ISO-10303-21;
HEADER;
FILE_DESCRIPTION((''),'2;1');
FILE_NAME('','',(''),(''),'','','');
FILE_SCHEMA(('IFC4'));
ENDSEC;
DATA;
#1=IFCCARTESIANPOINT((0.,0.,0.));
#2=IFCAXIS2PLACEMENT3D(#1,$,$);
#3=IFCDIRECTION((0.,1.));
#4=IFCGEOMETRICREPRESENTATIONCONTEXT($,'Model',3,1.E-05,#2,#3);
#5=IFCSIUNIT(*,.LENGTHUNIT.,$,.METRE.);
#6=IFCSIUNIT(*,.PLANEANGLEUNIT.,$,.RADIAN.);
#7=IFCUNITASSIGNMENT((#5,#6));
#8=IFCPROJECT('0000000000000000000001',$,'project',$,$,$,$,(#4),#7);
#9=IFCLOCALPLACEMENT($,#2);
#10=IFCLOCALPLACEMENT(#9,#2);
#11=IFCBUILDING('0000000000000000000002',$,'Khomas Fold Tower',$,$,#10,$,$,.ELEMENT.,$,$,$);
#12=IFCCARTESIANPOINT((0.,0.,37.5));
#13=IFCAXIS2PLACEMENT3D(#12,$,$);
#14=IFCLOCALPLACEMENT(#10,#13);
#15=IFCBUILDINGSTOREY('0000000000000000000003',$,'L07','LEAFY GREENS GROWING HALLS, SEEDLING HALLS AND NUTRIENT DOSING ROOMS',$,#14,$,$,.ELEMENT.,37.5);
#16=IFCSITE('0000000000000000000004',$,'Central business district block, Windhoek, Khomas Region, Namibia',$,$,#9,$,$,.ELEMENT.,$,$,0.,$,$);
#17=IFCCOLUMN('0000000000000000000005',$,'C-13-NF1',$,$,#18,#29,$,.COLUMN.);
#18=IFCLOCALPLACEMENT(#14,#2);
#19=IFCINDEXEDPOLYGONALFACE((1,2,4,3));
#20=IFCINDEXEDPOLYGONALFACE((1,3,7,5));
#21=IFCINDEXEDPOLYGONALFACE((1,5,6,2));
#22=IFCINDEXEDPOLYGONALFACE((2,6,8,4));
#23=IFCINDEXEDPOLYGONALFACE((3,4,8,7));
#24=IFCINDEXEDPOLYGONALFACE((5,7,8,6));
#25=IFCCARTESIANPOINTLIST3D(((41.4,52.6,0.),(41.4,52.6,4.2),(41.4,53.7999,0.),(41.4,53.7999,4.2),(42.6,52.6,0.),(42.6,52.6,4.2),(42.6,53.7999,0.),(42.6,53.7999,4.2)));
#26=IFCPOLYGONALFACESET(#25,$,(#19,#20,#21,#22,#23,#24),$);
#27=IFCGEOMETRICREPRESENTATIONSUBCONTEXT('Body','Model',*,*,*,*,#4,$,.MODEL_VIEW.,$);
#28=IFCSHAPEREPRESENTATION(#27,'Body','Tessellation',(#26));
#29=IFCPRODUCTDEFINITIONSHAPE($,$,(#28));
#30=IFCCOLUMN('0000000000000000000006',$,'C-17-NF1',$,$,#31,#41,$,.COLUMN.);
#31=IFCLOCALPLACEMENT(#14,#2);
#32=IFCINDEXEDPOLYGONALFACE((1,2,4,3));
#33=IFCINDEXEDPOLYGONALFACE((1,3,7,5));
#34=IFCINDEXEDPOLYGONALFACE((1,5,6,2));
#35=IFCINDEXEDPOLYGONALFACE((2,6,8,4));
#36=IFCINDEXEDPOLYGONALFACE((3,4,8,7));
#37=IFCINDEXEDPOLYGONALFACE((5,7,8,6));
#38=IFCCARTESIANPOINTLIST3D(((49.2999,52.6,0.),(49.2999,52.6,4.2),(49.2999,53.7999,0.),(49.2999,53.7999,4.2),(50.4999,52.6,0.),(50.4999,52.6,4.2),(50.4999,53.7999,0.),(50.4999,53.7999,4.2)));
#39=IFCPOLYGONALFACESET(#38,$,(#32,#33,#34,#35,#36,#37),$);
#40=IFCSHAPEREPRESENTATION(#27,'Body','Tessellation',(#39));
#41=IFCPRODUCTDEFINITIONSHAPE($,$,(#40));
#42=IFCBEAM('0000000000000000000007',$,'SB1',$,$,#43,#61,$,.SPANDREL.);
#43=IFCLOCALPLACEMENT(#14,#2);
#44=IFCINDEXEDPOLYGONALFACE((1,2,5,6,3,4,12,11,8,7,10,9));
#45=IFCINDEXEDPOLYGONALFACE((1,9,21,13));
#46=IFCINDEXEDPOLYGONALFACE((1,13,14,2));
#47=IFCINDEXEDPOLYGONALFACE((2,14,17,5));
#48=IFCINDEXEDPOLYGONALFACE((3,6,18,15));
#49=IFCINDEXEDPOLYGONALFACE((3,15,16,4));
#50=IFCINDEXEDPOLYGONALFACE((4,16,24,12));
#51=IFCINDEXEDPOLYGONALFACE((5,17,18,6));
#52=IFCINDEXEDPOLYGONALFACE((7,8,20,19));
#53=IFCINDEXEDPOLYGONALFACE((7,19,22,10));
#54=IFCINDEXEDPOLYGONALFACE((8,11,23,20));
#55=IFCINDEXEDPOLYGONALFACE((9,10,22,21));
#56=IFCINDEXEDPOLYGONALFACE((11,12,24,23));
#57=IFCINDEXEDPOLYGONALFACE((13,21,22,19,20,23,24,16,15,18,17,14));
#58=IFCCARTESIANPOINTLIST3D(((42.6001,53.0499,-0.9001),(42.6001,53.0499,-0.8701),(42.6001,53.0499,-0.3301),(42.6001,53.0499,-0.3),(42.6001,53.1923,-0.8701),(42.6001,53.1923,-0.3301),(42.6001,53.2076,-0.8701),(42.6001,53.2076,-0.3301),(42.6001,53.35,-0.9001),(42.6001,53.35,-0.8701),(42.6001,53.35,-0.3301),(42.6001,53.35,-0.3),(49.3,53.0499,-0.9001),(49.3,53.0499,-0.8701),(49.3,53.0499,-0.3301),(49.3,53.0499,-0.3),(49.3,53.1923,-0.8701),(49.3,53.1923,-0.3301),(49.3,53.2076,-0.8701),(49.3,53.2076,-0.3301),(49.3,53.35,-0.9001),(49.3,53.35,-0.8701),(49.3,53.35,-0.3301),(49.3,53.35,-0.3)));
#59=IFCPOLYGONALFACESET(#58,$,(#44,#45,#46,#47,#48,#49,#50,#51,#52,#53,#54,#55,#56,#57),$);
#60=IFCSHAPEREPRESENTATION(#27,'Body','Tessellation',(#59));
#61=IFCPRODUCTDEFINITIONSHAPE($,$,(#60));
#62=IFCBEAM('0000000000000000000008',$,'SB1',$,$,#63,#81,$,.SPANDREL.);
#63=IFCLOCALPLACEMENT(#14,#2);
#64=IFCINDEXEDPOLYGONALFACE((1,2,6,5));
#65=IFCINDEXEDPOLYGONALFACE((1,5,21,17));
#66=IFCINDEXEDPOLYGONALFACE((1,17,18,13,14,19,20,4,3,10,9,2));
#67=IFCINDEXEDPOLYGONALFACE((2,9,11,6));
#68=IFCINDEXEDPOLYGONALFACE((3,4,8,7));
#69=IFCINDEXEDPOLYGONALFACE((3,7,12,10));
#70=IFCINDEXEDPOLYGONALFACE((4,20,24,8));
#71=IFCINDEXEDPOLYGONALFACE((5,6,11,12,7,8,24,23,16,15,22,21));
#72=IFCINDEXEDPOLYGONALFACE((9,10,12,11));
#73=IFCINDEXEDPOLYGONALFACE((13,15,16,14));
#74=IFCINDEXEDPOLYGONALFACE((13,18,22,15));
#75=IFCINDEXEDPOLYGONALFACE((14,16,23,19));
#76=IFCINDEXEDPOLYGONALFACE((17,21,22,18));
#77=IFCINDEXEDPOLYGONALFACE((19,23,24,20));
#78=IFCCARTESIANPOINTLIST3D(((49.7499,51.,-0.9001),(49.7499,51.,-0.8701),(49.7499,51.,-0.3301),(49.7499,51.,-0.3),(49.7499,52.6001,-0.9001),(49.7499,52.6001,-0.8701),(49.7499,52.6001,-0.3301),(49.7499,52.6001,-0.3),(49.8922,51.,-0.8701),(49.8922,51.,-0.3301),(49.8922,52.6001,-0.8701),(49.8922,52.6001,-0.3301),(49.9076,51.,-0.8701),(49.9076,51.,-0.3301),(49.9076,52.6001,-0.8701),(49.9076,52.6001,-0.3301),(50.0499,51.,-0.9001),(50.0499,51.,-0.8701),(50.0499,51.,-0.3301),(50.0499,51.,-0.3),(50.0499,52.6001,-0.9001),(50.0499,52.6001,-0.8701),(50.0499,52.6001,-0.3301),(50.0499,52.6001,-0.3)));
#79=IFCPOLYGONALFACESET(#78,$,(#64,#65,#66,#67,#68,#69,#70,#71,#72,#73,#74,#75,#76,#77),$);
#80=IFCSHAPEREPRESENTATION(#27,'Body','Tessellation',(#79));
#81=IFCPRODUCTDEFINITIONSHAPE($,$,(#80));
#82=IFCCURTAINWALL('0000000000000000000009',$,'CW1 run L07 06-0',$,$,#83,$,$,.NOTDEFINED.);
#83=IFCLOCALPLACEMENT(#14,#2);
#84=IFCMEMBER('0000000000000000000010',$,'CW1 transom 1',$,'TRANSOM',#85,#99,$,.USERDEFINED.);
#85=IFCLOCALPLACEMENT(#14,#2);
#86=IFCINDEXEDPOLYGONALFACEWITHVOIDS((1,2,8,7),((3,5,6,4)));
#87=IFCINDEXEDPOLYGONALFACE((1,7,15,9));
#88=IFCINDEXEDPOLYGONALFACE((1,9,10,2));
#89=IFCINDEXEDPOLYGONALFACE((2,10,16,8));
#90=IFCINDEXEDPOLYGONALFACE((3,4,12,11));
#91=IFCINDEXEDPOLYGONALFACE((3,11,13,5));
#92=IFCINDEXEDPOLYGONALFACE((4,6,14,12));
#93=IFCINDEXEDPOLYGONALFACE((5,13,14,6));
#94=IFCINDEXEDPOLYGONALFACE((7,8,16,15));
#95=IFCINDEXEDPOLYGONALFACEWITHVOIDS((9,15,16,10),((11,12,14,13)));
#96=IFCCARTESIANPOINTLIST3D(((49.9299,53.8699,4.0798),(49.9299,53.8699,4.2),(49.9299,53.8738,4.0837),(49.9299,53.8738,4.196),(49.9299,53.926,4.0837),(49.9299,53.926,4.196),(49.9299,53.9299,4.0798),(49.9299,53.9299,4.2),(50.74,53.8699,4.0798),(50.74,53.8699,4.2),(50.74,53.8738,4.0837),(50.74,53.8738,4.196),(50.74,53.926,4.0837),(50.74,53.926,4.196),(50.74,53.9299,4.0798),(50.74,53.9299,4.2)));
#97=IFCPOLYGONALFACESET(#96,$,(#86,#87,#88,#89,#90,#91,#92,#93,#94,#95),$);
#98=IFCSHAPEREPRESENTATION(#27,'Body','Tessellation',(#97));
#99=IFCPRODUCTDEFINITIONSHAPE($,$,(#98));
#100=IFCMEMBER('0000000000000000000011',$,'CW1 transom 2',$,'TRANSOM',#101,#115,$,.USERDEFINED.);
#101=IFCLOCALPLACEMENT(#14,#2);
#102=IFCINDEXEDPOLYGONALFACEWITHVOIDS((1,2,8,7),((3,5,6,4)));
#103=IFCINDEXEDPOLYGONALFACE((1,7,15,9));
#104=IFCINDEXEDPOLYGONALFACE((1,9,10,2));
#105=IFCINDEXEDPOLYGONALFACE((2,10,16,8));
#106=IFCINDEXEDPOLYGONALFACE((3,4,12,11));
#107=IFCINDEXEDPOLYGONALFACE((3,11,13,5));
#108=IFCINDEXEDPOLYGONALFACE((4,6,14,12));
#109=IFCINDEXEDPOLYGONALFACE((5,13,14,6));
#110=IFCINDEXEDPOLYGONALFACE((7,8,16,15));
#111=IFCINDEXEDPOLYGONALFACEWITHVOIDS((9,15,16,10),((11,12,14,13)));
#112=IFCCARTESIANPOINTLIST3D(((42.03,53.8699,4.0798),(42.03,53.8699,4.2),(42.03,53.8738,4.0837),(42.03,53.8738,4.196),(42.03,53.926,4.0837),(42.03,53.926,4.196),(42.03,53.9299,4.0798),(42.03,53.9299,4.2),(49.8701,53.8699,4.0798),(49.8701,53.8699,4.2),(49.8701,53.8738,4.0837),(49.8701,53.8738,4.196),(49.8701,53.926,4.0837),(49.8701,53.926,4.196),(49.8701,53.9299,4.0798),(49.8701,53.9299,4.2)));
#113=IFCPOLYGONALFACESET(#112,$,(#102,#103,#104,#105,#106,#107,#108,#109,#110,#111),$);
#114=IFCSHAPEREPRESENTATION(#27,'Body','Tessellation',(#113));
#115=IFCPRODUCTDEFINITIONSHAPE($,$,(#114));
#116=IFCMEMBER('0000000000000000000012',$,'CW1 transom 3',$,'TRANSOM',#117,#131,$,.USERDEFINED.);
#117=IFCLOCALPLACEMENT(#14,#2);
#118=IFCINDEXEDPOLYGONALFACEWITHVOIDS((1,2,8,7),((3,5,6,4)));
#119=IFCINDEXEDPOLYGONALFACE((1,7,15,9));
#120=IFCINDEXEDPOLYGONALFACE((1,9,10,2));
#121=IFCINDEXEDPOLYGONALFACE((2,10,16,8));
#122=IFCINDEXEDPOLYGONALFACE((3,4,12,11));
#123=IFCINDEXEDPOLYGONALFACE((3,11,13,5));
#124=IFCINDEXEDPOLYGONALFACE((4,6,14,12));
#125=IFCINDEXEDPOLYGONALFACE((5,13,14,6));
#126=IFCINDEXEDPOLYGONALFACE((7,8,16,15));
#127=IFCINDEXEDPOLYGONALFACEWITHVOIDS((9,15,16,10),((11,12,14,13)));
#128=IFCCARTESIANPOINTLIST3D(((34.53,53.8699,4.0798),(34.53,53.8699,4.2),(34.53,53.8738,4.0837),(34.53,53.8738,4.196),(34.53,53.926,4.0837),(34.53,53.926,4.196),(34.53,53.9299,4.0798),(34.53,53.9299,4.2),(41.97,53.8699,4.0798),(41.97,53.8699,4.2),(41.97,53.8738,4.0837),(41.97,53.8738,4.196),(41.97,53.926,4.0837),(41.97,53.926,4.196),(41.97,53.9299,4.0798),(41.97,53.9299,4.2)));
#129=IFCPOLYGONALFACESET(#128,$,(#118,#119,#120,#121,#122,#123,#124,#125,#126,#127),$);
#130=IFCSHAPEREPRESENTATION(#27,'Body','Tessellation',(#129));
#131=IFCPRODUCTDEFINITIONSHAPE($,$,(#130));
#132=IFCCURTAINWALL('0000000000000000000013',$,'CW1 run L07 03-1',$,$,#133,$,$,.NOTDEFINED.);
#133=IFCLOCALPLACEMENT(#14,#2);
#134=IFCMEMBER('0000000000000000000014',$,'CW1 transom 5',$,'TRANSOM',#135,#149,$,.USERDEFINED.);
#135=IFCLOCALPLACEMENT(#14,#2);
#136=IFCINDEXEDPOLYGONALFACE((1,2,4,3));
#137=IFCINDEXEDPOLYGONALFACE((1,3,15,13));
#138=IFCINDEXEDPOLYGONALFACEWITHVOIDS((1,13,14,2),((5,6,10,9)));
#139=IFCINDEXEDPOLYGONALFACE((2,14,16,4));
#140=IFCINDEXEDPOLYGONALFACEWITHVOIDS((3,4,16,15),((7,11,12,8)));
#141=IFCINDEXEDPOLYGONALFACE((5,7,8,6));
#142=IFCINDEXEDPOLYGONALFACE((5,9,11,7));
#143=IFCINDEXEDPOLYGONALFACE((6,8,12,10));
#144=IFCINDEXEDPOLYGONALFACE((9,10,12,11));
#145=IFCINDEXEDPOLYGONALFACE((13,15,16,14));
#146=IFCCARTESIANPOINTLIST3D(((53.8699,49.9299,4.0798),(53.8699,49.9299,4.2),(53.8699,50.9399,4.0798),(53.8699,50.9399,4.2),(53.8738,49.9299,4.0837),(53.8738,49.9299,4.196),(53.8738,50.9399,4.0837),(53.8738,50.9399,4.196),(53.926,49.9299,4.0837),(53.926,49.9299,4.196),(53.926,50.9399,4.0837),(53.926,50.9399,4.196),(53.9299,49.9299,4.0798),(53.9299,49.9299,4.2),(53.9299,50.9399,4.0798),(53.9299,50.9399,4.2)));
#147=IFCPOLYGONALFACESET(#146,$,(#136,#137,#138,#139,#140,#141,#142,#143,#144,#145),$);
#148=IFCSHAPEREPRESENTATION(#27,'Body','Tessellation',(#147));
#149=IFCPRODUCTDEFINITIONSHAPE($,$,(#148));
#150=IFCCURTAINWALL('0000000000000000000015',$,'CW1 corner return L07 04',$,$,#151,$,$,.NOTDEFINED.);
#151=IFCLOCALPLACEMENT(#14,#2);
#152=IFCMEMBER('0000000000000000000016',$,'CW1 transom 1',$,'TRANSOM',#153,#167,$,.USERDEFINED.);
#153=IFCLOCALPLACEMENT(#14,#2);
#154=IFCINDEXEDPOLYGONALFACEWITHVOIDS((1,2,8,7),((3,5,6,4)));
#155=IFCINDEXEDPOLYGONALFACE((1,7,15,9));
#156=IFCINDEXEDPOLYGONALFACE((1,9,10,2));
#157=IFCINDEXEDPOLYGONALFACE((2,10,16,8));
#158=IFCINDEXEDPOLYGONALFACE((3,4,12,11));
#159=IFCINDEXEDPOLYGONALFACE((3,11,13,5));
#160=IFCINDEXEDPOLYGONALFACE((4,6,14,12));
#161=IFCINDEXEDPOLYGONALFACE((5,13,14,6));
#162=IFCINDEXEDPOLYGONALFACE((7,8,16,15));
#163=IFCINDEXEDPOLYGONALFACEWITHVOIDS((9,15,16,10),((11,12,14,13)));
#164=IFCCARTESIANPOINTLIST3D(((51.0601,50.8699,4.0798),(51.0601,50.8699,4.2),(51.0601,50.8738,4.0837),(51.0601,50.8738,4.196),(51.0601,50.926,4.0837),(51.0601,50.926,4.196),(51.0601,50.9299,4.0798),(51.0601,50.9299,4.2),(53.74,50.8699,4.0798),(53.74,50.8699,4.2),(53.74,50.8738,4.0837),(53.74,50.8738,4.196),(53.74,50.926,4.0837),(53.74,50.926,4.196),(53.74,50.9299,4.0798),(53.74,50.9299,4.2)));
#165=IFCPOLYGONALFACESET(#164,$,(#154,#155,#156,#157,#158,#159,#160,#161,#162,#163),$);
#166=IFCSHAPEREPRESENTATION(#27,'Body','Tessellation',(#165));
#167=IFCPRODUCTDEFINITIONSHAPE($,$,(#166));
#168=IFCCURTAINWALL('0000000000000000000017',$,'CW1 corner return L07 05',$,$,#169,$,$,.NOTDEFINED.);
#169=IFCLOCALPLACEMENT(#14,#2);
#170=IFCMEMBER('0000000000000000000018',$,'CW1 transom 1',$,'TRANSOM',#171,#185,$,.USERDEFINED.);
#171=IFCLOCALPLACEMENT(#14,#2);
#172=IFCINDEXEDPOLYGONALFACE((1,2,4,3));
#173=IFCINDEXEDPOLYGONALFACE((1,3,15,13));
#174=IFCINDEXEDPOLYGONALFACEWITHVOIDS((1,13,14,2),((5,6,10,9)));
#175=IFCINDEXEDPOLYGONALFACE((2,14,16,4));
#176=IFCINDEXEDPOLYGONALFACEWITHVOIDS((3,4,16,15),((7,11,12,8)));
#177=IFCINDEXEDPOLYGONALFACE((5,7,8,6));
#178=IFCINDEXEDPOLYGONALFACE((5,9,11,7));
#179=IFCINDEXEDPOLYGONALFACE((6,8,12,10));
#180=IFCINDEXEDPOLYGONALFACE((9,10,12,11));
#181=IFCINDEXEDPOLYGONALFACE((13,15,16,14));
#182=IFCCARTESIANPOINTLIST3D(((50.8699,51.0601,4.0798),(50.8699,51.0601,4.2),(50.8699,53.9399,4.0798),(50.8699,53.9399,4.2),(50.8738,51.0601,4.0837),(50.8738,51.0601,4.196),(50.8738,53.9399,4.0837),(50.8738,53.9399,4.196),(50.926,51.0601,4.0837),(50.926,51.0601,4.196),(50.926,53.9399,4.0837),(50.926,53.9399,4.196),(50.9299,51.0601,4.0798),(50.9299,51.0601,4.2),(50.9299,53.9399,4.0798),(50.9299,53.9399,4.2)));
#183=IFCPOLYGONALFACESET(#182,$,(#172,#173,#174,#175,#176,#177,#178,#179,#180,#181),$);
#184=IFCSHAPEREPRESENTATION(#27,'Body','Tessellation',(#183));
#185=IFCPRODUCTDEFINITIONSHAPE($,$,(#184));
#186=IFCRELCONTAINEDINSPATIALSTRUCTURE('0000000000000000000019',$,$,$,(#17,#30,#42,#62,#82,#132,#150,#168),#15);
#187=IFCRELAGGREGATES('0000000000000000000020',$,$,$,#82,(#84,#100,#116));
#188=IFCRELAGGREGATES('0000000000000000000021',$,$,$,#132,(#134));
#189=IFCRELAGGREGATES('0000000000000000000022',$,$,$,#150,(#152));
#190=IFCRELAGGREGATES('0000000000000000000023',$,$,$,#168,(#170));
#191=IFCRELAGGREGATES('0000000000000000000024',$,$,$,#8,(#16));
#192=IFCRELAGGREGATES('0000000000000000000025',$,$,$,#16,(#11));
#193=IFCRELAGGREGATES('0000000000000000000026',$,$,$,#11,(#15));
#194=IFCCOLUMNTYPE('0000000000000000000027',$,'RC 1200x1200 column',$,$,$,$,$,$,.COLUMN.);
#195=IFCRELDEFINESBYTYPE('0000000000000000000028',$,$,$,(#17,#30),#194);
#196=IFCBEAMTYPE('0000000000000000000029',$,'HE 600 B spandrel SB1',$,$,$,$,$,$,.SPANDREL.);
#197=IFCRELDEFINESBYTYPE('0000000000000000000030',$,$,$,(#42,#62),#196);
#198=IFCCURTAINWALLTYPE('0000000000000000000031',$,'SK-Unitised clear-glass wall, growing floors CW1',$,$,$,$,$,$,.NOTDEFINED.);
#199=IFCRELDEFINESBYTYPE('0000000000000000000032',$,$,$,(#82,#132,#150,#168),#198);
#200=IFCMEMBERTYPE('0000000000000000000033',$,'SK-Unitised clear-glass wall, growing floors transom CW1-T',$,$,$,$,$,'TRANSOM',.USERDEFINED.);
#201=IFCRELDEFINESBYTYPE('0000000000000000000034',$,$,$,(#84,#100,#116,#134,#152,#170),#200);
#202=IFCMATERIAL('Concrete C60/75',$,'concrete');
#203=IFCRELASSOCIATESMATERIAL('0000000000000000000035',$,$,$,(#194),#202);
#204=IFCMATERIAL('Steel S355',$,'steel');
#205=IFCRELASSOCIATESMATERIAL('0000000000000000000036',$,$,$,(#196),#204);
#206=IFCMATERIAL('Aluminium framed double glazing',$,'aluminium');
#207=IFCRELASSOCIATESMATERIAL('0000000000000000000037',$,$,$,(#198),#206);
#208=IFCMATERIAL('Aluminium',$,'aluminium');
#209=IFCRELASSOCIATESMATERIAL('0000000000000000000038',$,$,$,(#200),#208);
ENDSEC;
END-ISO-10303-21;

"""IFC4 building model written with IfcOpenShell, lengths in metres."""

from ifc_helpers import new_model, si_unit, direction, frame, origin, origin_2d, place, context, subcontext, project, spatial, rectangle, hollow_rectangle, i_section, extrude, source, transform, mapped, material, material_profile, profile_set, type_object, element, aggregate, save


model = new_model("IFC4")

# Units and contexts
model_context = context("Model", 3, precision=1e-05, world=origin(), true_north=direction((0.0, 1.0)))
body_context = subcontext(model_context, "Body", "Model", "MODEL_VIEW")
ifc_project = project(units=[si_unit("LENGTHUNIT", "METRE"), si_unit("PLANEANGLEUNIT", "RADIAN")], contexts=[model_context])

# Site, building, storey
site_placement = place(None, origin())
site = spatial("IfcSite", under=ifc_project, at=site_placement, Name="Central business district block, Windhoek, Khomas Region, Namibia", CompositionType="ELEMENT", RefElevation=0.0)
building_placement = place(site_placement, origin())
building = spatial("IfcBuilding", under=site, at=building_placement, Name="Khomas Fold Tower", CompositionType="ELEMENT")
storey_placement = place(building_placement, frame((0.0, 0.0, 37.5)))
storey = spatial("IfcBuildingStorey", under=building, at=storey_placement, Name="L07", Description="LEAFY GREENS GROWING HALLS, SEEDLING HALLS AND NUTRIENT DOSING ROOMS", CompositionType="ELEMENT", Elevation=37.5)

# Columns
ifc_material_1 = material(Name="Concrete C60/75", Category="concrete")
ifc_material_profile_1 = material_profile(ifc_material_1, rectangle(XDim=1.2, YDim=1.2, at=origin_2d()), Name="RC 1200x1200")
ifc_profile_set_1 = profile_set([ifc_material_profile_1], Name="Concrete C60/75")
column_type = type_object("IfcColumnType", Name="RC 1200x1200 column", PredefinedType="COLUMN", material=ifc_profile_set_1)
shared_shape_1 = source(origin(), body_context, "Body", "SweptSolid", [
    extrude(rectangle(XDim=1.2, YDim=1.2, at=origin_2d()), origin(), (0.0, 0.0, 1.0), 4.2),
])
for number, where, z_axis, x_axis, name in (
    (1, (42.0, 53.2, 0.0), (0.0, 0.0, 1.0), (1.0, 0.0, 0.0), "C-13-NF1"),
    (2, (49.8999, 53.2, 0.0), (0.0, 0.0, 1.0), (1.0, 0.0, 0.0), "C-17-NF1"),
):
    element("IfcColumn", number, at=place(storey_placement, frame(where, z_axis=z_axis, x_axis=x_axis)), inside=storey, type_object=column_type, Name=name, PredefinedType="COLUMN", context=body_context, shape_type="MappedRepresentation", body=[
        mapped(shared_shape_1, transform((0.0, 0.0, 0.0))),
    ])

# Beams
ifc_material_2 = material(Name="Steel S355", Category="steel")
ifc_material_profile_2 = material_profile(ifc_material_2, i_section(OverallWidth=0.3, OverallDepth=0.6001, WebThickness=0.0154, FlangeThickness=0.03, at=origin_2d()), Name="HE 600 B")
ifc_profile_set_2 = profile_set([ifc_material_profile_2], Name="Steel S355")
beam_type = type_object("IfcBeamType", Name="HE 600 B spandrel SB1", PredefinedType="SPANDREL", material=ifc_profile_set_2)
shared_shape_2 = source(origin(), body_context, "Body", "SweptSolid", [
    extrude(i_section(OverallWidth=0.3, OverallDepth=0.6001, WebThickness=0.0154, FlangeThickness=0.03, at=origin_2d()), origin(), (0.0, 0.0, 1.0), 6.7),
])
beam_1_placement = place(storey_placement, frame((42.6001, 53.2, -0.6001), z_axis=(1.0, 0.0, 0.0), x_axis=(0.0, 1.0, 0.0)))
element("IfcBeam", 3, at=beam_1_placement, inside=storey, type_object=beam_type, Name="SB1", PredefinedType="SPANDREL", context=body_context, shape_type="MappedRepresentation", body=[
    mapped(shared_shape_2, transform((0.0, 0.0, 0.0))),
])
shared_shape_3 = source(origin(), body_context, "Body", "SweptSolid", [
    extrude(i_section(OverallWidth=0.3, OverallDepth=0.6001, WebThickness=0.0154, FlangeThickness=0.03, at=origin_2d()), origin(), (0.0, 0.0, 1.0), 1.6001),
])
beam_2_placement = place(storey_placement, frame((49.8999, 51.0, -0.6001), z_axis=(0.0, 1.0, 0.0), x_axis=(-1.0, 0.0, 0.0)))
element("IfcBeam", 4, at=beam_2_placement, inside=storey, type_object=beam_type, Name="SB1", PredefinedType="SPANDREL", context=body_context, shape_type="MappedRepresentation", body=[
    mapped(shared_shape_3, transform((0.0, 0.0, 0.0))),
])

# Curtain wall, members
ifc_material_3 = material(Name="Aluminium framed double glazing", Category="aluminium")
curtain_wall_type = type_object("IfcCurtainWallType", Name="SK-Unitised clear-glass wall, growing floors CW1", PredefinedType="NOTDEFINED", material=ifc_material_3)
curtain_wall_1_placement = place(storey_placement, origin())
curtain_wall_1 = element("IfcCurtainWall", 5, at=curtain_wall_1_placement, inside=storey, type_object=curtain_wall_type, Name="CW1 run L07 06-0", PredefinedType="NOTDEFINED")
ifc_material_4 = material(Name="Aluminium", Category="aluminium")
ifc_material_profile_3 = material_profile(ifc_material_4, hollow_rectangle(XDim=0.0601, YDim=0.1201, WallThickness=0.0039, at=origin_2d()), Name="SK-Unitised clear-glass wall, growing floors transom CW1-T")
ifc_profile_set_3 = profile_set([ifc_material_profile_3], Name="Aluminium")
member_type_1 = type_object("IfcMemberType", Name="SK-Unitised clear-glass wall, growing floors transom CW1-T", ElementType="TRANSOM", PredefinedType="USERDEFINED", material=ifc_profile_set_3)
shared_shape_4 = source(origin(), body_context, "Body", "SweptSolid", [
    extrude(hollow_rectangle(XDim=0.0601, YDim=0.1201, WallThickness=0.0039, at=origin_2d()), origin(), (0.0, 0.0, 1.0), 0.8101),
])
member_1_placement = place(storey_placement, frame((50.74, 53.8999, 4.1399), z_axis=(-1.0, 0.0, 0.0), x_axis=(0.0, -1.0, 0.0)))
member_1 = element("IfcMember", 6, at=member_1_placement, type_object=member_type_1, Name="CW1 transom 1", ObjectType="TRANSOM", PredefinedType="USERDEFINED", context=body_context, shape_type="MappedRepresentation", body=[
    mapped(shared_shape_4, transform((0.0, 0.0, 0.0))),
])
shared_shape_5 = source(origin(), body_context, "Body", "SweptSolid", [
    extrude(hollow_rectangle(XDim=0.0601, YDim=0.1201, WallThickness=0.0039, at=origin_2d()), origin(), (0.0, 0.0, 1.0), 7.8401),
])
member_2_placement = place(storey_placement, frame((49.8701, 53.8999, 4.1399), z_axis=(-1.0, 0.0, 0.0), x_axis=(0.0, -1.0, 0.0)))
member_2 = element("IfcMember", 7, at=member_2_placement, type_object=member_type_1, Name="CW1 transom 2", ObjectType="TRANSOM", PredefinedType="USERDEFINED", context=body_context, shape_type="MappedRepresentation", body=[
    mapped(shared_shape_5, transform((0.0, 0.0, 0.0))),
])
shared_shape_6 = source(origin(), body_context, "Body", "SweptSolid", [
    extrude(hollow_rectangle(XDim=0.0601, YDim=0.1201, WallThickness=0.0039, at=origin_2d()), origin(), (0.0, 0.0, 1.0), 7.4399),
])
member_3_placement = place(storey_placement, frame((41.97, 53.8999, 4.1399), z_axis=(-1.0, 0.0, 0.0), x_axis=(0.0, -1.0, 0.0)))
member_3 = element("IfcMember", 8, at=member_3_placement, type_object=member_type_1, Name="CW1 transom 3", ObjectType="TRANSOM", PredefinedType="USERDEFINED", context=body_context, shape_type="MappedRepresentation", body=[
    mapped(shared_shape_6, transform((0.0, 0.0, 0.0))),
])

# Curtain walls, members
curtain_wall_2_placement = place(storey_placement, origin())
curtain_wall_2 = element("IfcCurtainWall", 9, at=curtain_wall_2_placement, inside=storey, type_object=curtain_wall_type, Name="CW1 run L07 03-1", PredefinedType="NOTDEFINED")
shared_shape_7 = source(origin(), body_context, "Body", "SweptSolid", [
    extrude(hollow_rectangle(XDim=0.0601, YDim=0.1201, WallThickness=0.0039, at=origin_2d()), origin(), (0.0, 0.0, 1.0), 1.01),
])
member_4_placement = place(storey_placement, frame((53.8999, 49.9299, 4.1399), z_axis=(0.0, 1.0, 0.0), x_axis=(-1.0, 0.0, 0.0)))
member_4 = element("IfcMember", 10, at=member_4_placement, type_object=member_type_1, Name="CW1 transom 5", ObjectType="TRANSOM", PredefinedType="USERDEFINED", context=body_context, shape_type="MappedRepresentation", body=[
    mapped(shared_shape_7, transform((0.0, 0.0, 0.0))),
])
curtain_wall_3_placement = place(storey_placement, origin())
curtain_wall_3 = element("IfcCurtainWall", 11, at=curtain_wall_3_placement, inside=storey, type_object=curtain_wall_type, Name="CW1 corner return L07 04", PredefinedType="NOTDEFINED")
shared_shape_8 = source(origin(), body_context, "Body", "SweptSolid", [
    extrude(hollow_rectangle(XDim=0.0601, YDim=0.1201, WallThickness=0.0039, at=origin_2d()), origin(), (0.0, 0.0, 1.0), 2.6799),
])
member_5_placement = place(storey_placement, frame((53.74, 50.8999, 4.1399), z_axis=(-1.0, 0.0, 0.0), x_axis=(0.0, -1.0, 0.0)))
member_5 = element("IfcMember", 12, at=member_5_placement, type_object=member_type_1, Name="CW1 transom 1", ObjectType="TRANSOM", PredefinedType="USERDEFINED", context=body_context, shape_type="MappedRepresentation", body=[
    mapped(shared_shape_8, transform((0.0, 0.0, 0.0))),
])
curtain_wall_4_placement = place(storey_placement, origin())
curtain_wall_4 = element("IfcCurtainWall", 13, at=curtain_wall_4_placement, inside=storey, type_object=curtain_wall_type, Name="CW1 corner return L07 05", PredefinedType="NOTDEFINED")
shared_shape_9 = source(origin(), body_context, "Body", "SweptSolid", [
    extrude(hollow_rectangle(XDim=0.0601, YDim=0.1201, WallThickness=0.0039, at=origin_2d()), origin(), (0.0, 0.0, 1.0), 2.8799),
])
member_6_placement = place(storey_placement, frame((50.8999, 51.0601, 4.1399), z_axis=(0.0, 1.0, 0.0), x_axis=(-1.0, 0.0, 0.0)))
member_6 = element("IfcMember", 14, at=member_6_placement, type_object=member_type_1, Name="CW1 transom 1", ObjectType="TRANSOM", PredefinedType="USERDEFINED", context=body_context, shape_type="MappedRepresentation", body=[
    mapped(shared_shape_9, transform((0.0, 0.0, 0.0))),
])

aggregate(curtain_wall_1, [member_1, member_2, member_3])
aggregate(curtain_wall_2, [member_4])
aggregate(curtain_wall_3, [member_5])
aggregate(curtain_wall_4, [member_6])

save(model, "model.ifc")
